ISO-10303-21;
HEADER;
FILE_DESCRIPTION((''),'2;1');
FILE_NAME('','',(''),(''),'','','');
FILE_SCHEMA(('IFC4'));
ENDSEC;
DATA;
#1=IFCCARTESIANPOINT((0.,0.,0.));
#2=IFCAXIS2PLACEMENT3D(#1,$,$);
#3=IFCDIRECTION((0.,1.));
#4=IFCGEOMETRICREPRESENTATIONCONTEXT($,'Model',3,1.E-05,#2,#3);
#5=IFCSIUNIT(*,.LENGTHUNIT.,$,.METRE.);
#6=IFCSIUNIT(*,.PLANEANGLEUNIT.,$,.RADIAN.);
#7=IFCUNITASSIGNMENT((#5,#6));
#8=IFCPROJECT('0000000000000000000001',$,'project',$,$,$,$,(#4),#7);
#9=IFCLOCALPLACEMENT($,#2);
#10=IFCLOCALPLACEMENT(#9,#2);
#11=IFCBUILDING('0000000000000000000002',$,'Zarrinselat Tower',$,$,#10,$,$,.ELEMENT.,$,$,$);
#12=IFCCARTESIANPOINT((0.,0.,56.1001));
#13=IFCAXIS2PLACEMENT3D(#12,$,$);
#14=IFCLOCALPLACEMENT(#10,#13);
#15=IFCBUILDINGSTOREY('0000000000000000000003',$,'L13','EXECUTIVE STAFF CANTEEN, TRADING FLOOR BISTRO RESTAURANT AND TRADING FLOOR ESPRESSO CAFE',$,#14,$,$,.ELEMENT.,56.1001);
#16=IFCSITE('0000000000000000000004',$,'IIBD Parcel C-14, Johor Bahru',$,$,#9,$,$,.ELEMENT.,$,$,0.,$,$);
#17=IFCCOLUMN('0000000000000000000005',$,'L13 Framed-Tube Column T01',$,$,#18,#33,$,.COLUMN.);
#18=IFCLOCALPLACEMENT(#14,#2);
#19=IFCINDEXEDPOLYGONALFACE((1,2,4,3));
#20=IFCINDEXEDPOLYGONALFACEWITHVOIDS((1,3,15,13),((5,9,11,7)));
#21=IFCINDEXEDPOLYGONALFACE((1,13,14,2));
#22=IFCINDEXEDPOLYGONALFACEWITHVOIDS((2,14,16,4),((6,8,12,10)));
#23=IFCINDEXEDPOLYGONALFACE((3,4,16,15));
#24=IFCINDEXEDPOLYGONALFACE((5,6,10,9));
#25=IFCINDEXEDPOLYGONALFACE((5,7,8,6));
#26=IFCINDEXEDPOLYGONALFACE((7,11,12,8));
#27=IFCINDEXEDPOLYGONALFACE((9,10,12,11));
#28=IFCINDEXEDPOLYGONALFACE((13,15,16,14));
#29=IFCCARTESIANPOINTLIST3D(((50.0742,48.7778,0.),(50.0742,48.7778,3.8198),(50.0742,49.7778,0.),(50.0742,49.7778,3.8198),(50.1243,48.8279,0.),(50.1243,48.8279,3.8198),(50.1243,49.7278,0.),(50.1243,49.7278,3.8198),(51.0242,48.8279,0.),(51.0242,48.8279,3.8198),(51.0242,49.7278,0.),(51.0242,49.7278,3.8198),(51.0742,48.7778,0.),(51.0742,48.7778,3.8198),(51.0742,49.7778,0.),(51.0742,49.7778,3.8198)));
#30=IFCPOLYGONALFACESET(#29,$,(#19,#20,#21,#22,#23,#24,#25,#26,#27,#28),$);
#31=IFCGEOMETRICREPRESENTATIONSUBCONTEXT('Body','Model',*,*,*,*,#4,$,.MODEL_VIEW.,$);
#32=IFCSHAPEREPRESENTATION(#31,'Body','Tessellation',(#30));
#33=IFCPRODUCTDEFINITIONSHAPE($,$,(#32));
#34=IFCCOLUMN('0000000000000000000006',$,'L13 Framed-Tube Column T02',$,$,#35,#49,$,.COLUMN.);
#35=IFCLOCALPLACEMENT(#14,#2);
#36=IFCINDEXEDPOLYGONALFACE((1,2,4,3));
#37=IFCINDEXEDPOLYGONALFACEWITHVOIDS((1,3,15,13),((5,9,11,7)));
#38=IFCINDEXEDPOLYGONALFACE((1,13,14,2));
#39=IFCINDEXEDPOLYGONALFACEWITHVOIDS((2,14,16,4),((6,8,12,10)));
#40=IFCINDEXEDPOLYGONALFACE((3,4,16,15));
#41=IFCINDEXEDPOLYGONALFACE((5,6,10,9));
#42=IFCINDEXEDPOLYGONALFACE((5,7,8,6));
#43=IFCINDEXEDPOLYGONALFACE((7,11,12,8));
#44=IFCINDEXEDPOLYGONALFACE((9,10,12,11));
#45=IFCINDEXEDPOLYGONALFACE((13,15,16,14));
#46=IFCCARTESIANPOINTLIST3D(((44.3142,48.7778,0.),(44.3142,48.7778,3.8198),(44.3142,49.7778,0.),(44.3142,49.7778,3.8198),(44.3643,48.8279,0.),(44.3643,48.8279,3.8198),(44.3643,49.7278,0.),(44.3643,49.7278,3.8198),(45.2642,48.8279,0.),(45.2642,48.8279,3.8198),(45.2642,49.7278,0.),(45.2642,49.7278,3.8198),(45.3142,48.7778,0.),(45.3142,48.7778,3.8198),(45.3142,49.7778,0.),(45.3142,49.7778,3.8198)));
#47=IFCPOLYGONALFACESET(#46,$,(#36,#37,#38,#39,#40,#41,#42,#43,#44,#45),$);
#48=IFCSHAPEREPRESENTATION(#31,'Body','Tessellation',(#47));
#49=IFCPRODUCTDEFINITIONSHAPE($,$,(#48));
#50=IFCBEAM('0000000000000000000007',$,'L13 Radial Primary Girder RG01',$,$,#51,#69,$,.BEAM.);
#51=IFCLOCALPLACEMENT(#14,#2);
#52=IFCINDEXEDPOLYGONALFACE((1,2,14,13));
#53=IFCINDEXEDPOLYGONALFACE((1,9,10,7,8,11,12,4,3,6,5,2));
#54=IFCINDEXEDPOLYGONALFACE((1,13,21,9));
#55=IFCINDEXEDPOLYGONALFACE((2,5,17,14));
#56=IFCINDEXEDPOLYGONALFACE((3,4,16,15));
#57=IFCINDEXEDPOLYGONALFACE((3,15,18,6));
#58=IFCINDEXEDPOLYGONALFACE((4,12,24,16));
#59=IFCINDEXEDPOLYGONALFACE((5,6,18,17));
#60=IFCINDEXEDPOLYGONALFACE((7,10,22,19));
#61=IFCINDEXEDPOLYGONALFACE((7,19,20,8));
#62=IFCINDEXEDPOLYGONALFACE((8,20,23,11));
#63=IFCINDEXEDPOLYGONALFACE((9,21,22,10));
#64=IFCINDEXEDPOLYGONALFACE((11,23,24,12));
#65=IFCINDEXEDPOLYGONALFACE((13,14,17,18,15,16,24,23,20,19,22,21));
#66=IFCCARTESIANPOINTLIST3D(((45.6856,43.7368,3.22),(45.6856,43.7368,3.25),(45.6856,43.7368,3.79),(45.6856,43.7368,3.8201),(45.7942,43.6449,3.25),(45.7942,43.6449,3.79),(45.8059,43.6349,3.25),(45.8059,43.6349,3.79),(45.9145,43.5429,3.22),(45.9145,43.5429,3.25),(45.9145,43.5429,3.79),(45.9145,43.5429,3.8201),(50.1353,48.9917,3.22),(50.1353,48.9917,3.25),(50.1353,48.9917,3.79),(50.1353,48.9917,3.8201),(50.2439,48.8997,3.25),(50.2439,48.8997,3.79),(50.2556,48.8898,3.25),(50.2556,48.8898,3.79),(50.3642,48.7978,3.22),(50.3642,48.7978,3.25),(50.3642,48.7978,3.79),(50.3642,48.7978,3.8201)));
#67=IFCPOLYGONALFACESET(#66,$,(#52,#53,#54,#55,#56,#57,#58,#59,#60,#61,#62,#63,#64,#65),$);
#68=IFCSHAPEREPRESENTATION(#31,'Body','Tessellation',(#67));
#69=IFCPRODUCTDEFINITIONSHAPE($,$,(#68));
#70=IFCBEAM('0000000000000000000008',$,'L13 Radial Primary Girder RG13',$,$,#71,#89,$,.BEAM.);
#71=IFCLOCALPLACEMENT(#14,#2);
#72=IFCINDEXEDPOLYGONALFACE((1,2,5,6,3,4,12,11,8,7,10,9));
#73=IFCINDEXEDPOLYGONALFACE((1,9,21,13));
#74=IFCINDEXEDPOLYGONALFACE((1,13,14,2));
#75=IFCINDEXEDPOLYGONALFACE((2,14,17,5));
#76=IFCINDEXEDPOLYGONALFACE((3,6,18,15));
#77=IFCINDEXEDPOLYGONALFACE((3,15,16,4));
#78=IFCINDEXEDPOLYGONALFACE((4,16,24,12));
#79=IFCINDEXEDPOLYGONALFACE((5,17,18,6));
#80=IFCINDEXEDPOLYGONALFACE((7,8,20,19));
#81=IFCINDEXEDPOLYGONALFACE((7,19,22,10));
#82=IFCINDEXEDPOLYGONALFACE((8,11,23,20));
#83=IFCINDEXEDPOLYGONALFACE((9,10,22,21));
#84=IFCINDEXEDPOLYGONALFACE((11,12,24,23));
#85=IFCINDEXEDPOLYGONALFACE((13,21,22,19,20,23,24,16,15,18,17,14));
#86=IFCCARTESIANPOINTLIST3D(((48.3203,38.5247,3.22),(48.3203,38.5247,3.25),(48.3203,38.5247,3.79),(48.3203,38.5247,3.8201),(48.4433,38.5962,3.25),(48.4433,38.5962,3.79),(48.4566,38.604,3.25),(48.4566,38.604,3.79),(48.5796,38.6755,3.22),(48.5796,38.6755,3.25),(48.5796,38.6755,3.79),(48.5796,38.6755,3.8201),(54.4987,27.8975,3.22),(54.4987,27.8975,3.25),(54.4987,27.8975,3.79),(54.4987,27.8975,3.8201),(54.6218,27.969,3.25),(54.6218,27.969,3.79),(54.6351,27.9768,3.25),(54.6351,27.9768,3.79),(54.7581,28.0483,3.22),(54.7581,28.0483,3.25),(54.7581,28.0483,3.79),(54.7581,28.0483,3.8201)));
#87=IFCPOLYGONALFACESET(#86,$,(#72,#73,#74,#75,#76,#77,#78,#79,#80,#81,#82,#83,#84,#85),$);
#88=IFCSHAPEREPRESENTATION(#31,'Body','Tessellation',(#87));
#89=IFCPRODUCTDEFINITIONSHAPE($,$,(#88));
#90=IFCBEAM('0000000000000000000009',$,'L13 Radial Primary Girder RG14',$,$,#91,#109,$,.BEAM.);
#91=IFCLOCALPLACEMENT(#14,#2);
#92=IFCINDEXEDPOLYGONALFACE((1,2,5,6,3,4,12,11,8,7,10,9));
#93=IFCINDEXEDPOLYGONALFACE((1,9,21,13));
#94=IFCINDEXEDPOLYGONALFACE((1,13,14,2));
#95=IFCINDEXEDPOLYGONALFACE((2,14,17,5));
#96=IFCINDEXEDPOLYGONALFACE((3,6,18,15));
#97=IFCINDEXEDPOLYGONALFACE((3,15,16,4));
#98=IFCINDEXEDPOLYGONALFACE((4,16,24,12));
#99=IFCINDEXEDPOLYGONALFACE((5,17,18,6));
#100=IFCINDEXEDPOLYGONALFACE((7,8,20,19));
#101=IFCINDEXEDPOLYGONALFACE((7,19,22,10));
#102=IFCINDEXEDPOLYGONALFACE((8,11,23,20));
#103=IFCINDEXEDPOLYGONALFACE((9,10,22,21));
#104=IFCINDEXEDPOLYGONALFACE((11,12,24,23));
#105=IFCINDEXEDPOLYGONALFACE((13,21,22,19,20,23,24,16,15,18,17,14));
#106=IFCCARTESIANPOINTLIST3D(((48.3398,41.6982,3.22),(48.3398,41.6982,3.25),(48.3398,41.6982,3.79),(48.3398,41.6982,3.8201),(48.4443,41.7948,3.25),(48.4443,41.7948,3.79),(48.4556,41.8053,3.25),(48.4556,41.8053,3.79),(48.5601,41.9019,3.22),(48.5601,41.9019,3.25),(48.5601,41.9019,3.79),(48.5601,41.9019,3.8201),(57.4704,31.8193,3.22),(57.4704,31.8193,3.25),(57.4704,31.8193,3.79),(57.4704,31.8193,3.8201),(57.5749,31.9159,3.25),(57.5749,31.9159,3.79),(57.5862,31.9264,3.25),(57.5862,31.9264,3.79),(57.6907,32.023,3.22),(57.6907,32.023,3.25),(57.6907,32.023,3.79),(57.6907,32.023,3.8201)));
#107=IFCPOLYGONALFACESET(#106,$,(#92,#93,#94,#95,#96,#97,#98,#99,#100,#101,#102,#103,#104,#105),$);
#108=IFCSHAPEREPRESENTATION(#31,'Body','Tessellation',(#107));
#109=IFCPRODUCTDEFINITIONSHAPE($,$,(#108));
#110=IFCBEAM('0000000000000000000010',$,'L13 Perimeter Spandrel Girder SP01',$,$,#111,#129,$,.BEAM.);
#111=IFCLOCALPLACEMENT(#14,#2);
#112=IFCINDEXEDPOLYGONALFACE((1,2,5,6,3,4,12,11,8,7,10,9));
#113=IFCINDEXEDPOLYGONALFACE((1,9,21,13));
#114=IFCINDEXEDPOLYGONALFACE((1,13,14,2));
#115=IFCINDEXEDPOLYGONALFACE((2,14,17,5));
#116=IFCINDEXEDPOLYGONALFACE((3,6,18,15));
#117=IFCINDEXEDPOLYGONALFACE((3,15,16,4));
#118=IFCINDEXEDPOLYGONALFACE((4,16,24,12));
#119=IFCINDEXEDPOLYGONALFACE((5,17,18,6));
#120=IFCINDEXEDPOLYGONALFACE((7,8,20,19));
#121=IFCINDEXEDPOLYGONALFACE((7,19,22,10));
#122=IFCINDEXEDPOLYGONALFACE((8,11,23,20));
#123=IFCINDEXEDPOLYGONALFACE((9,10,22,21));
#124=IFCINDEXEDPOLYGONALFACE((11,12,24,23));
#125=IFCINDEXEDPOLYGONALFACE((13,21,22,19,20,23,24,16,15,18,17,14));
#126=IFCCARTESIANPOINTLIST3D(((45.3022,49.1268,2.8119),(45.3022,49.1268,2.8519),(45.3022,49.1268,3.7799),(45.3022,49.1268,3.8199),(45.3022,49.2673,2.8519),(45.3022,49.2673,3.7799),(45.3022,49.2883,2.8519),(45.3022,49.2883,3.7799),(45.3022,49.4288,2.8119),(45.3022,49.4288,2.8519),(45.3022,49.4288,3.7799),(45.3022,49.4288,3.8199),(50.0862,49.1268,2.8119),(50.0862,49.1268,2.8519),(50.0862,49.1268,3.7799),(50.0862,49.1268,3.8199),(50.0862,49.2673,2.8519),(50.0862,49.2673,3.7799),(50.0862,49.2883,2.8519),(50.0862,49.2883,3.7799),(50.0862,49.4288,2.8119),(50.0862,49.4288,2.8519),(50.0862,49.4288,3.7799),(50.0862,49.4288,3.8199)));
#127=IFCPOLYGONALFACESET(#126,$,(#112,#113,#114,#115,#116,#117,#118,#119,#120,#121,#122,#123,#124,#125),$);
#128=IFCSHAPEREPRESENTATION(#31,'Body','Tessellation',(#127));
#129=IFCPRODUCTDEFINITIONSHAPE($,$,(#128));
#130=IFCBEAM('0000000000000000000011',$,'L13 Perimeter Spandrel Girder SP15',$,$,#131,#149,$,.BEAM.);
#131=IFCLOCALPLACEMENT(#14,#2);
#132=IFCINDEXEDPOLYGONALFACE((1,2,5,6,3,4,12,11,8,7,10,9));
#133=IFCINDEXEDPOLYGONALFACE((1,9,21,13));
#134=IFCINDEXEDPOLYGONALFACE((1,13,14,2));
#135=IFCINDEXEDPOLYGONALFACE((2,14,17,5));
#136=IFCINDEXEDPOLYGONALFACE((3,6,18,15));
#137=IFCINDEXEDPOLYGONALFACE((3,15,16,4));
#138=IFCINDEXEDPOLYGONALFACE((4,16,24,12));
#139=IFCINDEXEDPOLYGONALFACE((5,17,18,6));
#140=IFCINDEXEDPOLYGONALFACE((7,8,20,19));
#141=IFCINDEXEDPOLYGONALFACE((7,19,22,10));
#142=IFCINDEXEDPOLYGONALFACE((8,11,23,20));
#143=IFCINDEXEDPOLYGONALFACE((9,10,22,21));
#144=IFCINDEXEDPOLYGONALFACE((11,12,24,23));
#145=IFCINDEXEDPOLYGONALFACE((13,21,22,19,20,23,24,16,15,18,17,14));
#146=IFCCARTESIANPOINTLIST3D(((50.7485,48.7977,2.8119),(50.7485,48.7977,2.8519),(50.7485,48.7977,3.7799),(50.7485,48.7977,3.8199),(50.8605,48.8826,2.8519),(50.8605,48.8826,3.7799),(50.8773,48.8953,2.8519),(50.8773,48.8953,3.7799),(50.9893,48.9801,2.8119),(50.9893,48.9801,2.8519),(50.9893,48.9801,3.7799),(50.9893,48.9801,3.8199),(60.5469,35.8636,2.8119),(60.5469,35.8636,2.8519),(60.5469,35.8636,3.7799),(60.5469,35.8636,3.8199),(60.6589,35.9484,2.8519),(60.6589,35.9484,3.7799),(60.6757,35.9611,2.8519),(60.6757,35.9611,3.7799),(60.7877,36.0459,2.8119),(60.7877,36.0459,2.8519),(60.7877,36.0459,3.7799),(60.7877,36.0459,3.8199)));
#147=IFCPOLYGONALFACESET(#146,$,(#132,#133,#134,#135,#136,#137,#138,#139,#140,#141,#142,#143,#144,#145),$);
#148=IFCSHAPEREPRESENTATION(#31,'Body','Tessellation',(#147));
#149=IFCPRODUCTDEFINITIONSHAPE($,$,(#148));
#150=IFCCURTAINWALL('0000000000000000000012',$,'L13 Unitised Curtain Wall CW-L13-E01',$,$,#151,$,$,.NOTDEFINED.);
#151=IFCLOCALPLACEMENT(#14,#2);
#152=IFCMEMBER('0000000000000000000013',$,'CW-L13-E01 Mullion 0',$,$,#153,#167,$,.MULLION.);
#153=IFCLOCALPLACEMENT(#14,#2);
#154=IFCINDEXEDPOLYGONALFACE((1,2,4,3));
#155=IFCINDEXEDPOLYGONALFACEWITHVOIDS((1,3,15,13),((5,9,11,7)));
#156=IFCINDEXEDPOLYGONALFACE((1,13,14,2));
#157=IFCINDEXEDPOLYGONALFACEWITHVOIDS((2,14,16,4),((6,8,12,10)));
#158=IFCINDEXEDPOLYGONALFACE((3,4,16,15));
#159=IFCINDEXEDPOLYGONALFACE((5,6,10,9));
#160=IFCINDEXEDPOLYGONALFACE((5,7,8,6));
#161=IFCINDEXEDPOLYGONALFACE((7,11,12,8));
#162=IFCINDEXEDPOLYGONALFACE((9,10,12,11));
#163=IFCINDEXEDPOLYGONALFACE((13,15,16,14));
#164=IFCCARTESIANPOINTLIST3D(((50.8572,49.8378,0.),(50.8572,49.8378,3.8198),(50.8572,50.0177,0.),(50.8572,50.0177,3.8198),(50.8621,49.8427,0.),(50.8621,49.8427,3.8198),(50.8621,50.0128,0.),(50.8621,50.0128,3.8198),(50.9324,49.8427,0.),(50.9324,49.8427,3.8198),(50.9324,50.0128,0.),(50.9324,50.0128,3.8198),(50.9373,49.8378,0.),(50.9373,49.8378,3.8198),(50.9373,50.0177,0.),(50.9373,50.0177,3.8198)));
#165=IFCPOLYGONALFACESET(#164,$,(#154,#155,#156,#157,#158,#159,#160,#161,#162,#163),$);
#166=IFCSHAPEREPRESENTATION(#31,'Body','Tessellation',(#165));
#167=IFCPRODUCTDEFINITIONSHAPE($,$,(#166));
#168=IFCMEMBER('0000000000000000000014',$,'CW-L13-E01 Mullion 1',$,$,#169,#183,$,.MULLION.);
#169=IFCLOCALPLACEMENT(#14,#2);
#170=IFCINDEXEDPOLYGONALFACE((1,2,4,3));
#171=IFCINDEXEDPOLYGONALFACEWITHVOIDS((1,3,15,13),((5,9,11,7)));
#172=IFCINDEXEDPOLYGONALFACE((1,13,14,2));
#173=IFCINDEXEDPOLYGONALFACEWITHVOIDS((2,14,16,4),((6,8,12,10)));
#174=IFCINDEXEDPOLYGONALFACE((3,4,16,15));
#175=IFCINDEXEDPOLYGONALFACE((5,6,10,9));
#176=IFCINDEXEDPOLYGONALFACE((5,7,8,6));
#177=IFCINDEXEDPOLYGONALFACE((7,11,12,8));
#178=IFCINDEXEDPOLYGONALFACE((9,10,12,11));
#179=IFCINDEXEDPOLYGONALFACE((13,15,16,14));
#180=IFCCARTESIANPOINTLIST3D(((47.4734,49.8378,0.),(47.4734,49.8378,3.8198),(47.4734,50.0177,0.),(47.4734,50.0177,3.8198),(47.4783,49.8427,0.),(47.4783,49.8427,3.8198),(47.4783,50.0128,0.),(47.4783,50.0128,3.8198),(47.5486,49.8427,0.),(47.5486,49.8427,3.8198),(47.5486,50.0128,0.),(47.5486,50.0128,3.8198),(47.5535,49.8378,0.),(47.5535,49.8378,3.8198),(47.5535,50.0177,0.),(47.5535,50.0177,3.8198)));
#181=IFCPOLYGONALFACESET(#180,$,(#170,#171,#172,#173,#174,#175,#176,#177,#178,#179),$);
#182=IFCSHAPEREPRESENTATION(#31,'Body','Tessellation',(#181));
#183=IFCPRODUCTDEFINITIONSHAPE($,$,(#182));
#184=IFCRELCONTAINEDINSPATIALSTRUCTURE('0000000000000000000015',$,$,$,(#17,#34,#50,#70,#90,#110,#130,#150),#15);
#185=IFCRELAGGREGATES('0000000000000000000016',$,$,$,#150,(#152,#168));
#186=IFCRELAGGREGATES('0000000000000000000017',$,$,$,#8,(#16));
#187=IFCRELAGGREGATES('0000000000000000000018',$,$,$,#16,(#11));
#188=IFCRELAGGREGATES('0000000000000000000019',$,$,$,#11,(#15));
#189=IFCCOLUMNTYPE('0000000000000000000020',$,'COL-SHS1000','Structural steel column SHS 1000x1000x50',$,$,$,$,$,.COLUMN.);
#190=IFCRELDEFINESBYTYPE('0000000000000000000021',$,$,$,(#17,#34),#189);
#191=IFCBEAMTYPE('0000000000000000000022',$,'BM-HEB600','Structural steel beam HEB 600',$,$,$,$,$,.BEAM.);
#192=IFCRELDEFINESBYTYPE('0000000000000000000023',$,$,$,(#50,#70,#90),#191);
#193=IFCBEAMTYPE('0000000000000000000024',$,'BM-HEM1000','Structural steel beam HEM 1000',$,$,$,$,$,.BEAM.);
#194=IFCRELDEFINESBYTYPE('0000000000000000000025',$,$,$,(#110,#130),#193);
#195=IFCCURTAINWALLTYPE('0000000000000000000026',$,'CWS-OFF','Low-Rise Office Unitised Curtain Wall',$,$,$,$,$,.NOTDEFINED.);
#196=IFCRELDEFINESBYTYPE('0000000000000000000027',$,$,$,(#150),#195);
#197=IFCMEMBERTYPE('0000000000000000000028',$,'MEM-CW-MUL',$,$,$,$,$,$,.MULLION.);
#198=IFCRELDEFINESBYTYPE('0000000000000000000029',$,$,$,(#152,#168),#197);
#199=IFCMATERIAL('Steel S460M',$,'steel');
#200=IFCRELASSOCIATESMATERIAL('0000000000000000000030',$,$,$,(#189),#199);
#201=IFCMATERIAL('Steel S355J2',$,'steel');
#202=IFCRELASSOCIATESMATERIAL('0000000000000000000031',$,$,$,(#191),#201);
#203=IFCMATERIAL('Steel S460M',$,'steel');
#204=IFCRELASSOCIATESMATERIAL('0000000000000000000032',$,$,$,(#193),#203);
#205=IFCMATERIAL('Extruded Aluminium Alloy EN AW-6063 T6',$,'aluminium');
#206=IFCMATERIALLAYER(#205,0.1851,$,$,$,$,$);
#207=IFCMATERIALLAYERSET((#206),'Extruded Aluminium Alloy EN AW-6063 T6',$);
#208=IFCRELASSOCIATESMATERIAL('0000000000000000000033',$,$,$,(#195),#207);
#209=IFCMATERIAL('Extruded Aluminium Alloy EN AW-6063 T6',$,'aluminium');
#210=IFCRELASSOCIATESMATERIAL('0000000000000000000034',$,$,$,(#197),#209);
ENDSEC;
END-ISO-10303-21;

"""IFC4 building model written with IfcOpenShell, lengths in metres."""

from ifc_helpers import new_model, si_unit, direction, frame, origin, origin_2d, place, context, subcontext, project, spatial, hollow_rectangle, i_section, extrude, material, layer, layer_set, material_profile, profile_set, type_object, element, aggregate, save


model = new_model("IFC4")

# Units and contexts
model_context = context("Model", 3, precision=1e-05, world=origin(), true_north=direction((0.0, 1.0)))
body_context = subcontext(model_context, "Body", "Model", "MODEL_VIEW")
ifc_project = project(units=[si_unit("LENGTHUNIT", "METRE"), si_unit("PLANEANGLEUNIT", "RADIAN")], contexts=[model_context])

# Site, building, storey
site_placement = place(None, origin())
site = spatial("IfcSite", under=ifc_project, at=site_placement, Name="IIBD Parcel C-14, Johor Bahru", CompositionType="ELEMENT", RefElevation=0.0)
building_placement = place(site_placement, origin())
building = spatial("IfcBuilding", under=site, at=building_placement, Name="Zarrinselat Tower", CompositionType="ELEMENT")
storey_placement = place(building_placement, frame((0.0, 0.0, 56.1001)))
storey = spatial("IfcBuildingStorey", under=building, at=storey_placement, Name="L13", Description="EXECUTIVE STAFF CANTEEN, TRADING FLOOR BISTRO RESTAURANT AND TRADING FLOOR ESPRESSO CAFE", CompositionType="ELEMENT", Elevation=56.1001)

# Columns
ifc_material_1 = material(Name="Steel S460M", Category="steel")
ifc_material_profile_1 = material_profile(ifc_material_1, hollow_rectangle(XDim=1.0, YDim=1.0, WallThickness=0.05, at=origin_2d()), Name="SHS 1000x1000x50")
ifc_profile_set_1 = profile_set([ifc_material_profile_1], Name="Steel S460M")
column_type = type_object("IfcColumnType", Name="COL-SHS1000", Description="Structural steel column SHS 1000x1000x50", PredefinedType="COLUMN", material=ifc_profile_set_1)
for number, where, z_axis, x_axis, name in (
    (1, (50.5742, 49.2778, 0.0), (0.0, 0.0, 1.0), (1.0, 0.0, 0.0), "L13 Framed-Tube Column T01"),
    (2, (44.8142, 49.2778, 0.0), (0.0, 0.0, 1.0), (1.0, 0.0, 0.0), "L13 Framed-Tube Column T02"),
):
    element("IfcColumn", number, at=place(storey_placement, frame(where, z_axis=z_axis, x_axis=x_axis)), inside=storey, type_object=column_type, Name=name, PredefinedType="COLUMN", context=body_context, shape_type="SweptSolid", body=[
        extrude(hollow_rectangle(XDim=1.0, YDim=1.0, WallThickness=0.05, at=origin_2d()), origin(), (0.0, 0.0, 1.0), 3.8198),
    ])

# Beams
ifc_material_2 = material(Name="Steel S355J2", Category="steel")
ifc_material_profile_2 = material_profile(ifc_material_2, i_section(OverallWidth=0.3, OverallDepth=0.6001, WebThickness=0.0154, FlangeThickness=0.03, at=origin_2d()), Name="HEB 600")
ifc_profile_set_2 = profile_set([ifc_material_profile_2], Name="Steel S355J2")
beam_type_1 = type_object("IfcBeamType", Name="BM-HEB600", Description="Structural steel beam HEB 600", PredefinedType="BEAM", material=ifc_profile_set_2)
beam_1_placement = place(storey_placement, frame((45.8, 43.6399, 3.52), z_axis=(0.646219, 0.763152, 0.0), x_axis=(-0.763152, 0.646219, 0.0)))
element("IfcBeam", 3, at=beam_1_placement, inside=storey, type_object=beam_type_1, Name="L13 Radial Primary Girder RG01", PredefinedType="BEAM", context=body_context, shape_type="SweptSolid", body=[
    extrude(i_section(OverallWidth=0.3, OverallDepth=0.6001, WebThickness=0.0154, FlangeThickness=0.03, at=origin_2d()), origin(), (0.0, 0.0, 1.0), 6.8857),
])
beam_2_placement = place(storey_placement, frame((48.45, 38.6001, 3.52), z_axis=(0.502612, -0.864512, 0.0), x_axis=(0.864512, 0.502612, 0.0)))
element("IfcBeam", 4, at=beam_2_placement, inside=storey, type_object=beam_type_1, Name="L13 Radial Primary Girder RG13", PredefinedType="BEAM", context=body_context, shape_type="SweptSolid", body=[
    extrude(i_section(OverallWidth=0.3, OverallDepth=0.6001, WebThickness=0.0154, FlangeThickness=0.03, at=origin_2d()), origin(), (0.0, 0.0, 1.0), 12.2927),
])
beam_3_placement = place(storey_placement, frame((48.45, 41.8, 3.52), z_axis=(0.678747, -0.734373, 0.0), x_axis=(0.734373, 0.678747, 0.0)))
element("IfcBeam", 5, at=beam_3_placement, inside=storey, type_object=beam_type_1, Name="L13 Radial Primary Girder RG14", PredefinedType="BEAM", context=body_context, shape_type="SweptSolid", body=[
    extrude(i_section(OverallWidth=0.3, OverallDepth=0.6001, WebThickness=0.0154, FlangeThickness=0.03, at=origin_2d()), origin(), (0.0, 0.0, 1.0), 13.4521),
])
ifc_material_3 = material(Name="Steel S460M", Category="steel")
ifc_material_profile_3 = material_profile(ifc_material_3, i_section(OverallWidth=0.302, OverallDepth=1.0081, WebThickness=0.021, FlangeThickness=0.04, at=origin_2d()), Name="HEM 1000")
ifc_profile_set_3 = profile_set([ifc_material_profile_3], Name="Steel S460M")
beam_type_2 = type_object("IfcBeamType", Name="BM-HEM1000", Description="Structural steel beam HEM 1000", PredefinedType="BEAM", material=ifc_profile_set_3)
beam_4_placement = place(storey_placement, frame((45.3022, 49.2778, 3.3159), z_axis=(1.0, 0.0, 0.0), x_axis=(0.0, 1.0, 0.0)))
element("IfcBeam", 6, at=beam_4_placement, inside=storey, type_object=beam_type_2, Name="L13 Perimeter Spandrel Girder SP01", PredefinedType="BEAM", context=body_context, shape_type="SweptSolid", body=[
    extrude(i_section(OverallWidth=0.302, OverallDepth=1.0081, WebThickness=0.021, FlangeThickness=0.04, at=origin_2d()), origin(), (0.0, 0.0, 1.0), 4.7839),
])
beam_5_placement = place(storey_placement, frame((50.8689, 48.8889, 3.3159), z_axis=(0.60385, -0.797098, 0.0), x_axis=(0.797098, 0.60385, 0.0)))
element("IfcBeam", 7, at=beam_5_placement, inside=storey, type_object=beam_type_2, Name="L13 Perimeter Spandrel Girder SP15", PredefinedType="BEAM", context=body_context, shape_type="SweptSolid", body=[
    extrude(i_section(OverallWidth=0.302, OverallDepth=1.0081, WebThickness=0.021, FlangeThickness=0.04, at=origin_2d()), origin(), (0.0, 0.0, 1.0), 16.2266),
])

# Curtain wall, members
ifc_material_4 = material(Name="Extruded Aluminium Alloy EN AW-6063 T6", Category="aluminium")
ifc_layer_1 = layer(ifc_material_4, 0.1851)
ifc_layer_set_1 = layer_set([ifc_layer_1], Name="Extruded Aluminium Alloy EN AW-6063 T6")
curtain_wall_type = type_object("IfcCurtainWallType", Name="CWS-OFF", Description="Low-Rise Office Unitised Curtain Wall", PredefinedType="NOTDEFINED", material=ifc_layer_set_1)
curtain_wall_1_placement = place(storey_placement, origin())
curtain_wall_1 = element("IfcCurtainWall", 8, at=curtain_wall_1_placement, inside=storey, type_object=curtain_wall_type, Name="L13 Unitised Curtain Wall CW-L13-E01", PredefinedType="NOTDEFINED")
ifc_material_5 = material(Name="Extruded Aluminium Alloy EN AW-6063 T6", Category="aluminium")
ifc_material_profile_4 = material_profile(ifc_material_5, hollow_rectangle(XDim=0.0801, YDim=0.1799, WallThickness=0.0049, at=origin_2d()), Name="RHS 180x80x5")
ifc_profile_set_4 = profile_set([ifc_material_profile_4], Name="Extruded Aluminium Alloy EN AW-6063 T6")
member_type_1 = type_object("IfcMemberType", Name="MEM-CW-MUL", PredefinedType="MULLION", material=ifc_profile_set_4)
member_1_placement = place(storey_placement, frame((50.8972, 49.9277, 0.0), z_axis=(0.0, 0.0, 1.0), x_axis=(-1.0, 0.0, 0.0)))
member_1 = element("IfcMember", 9, at=member_1_placement, type_object=member_type_1, Name="CW-L13-E01 Mullion 0", PredefinedType="MULLION", context=body_context, shape_type="SweptSolid", body=[
    extrude(hollow_rectangle(XDim=0.0801, YDim=0.1799, WallThickness=0.0049, at=origin_2d()), origin(), (0.0, 0.0, 1.0), 3.8198),
])
member_2_placement = place(storey_placement, frame((47.5134, 49.9277, 0.0), z_axis=(0.0, 0.0, 1.0), x_axis=(-1.0, 0.0, 0.0)))
member_2 = element("IfcMember", 10, at=member_2_placement, type_object=member_type_1, Name="CW-L13-E01 Mullion 1", PredefinedType="MULLION", context=body_context, shape_type="SweptSolid", body=[
    extrude(hollow_rectangle(XDim=0.0801, YDim=0.1799, WallThickness=0.0049, at=origin_2d()), origin(), (0.0, 0.0, 1.0), 3.8198),
])

aggregate(curtain_wall_1, [member_1, member_2])

save(model, "model.ifc")
